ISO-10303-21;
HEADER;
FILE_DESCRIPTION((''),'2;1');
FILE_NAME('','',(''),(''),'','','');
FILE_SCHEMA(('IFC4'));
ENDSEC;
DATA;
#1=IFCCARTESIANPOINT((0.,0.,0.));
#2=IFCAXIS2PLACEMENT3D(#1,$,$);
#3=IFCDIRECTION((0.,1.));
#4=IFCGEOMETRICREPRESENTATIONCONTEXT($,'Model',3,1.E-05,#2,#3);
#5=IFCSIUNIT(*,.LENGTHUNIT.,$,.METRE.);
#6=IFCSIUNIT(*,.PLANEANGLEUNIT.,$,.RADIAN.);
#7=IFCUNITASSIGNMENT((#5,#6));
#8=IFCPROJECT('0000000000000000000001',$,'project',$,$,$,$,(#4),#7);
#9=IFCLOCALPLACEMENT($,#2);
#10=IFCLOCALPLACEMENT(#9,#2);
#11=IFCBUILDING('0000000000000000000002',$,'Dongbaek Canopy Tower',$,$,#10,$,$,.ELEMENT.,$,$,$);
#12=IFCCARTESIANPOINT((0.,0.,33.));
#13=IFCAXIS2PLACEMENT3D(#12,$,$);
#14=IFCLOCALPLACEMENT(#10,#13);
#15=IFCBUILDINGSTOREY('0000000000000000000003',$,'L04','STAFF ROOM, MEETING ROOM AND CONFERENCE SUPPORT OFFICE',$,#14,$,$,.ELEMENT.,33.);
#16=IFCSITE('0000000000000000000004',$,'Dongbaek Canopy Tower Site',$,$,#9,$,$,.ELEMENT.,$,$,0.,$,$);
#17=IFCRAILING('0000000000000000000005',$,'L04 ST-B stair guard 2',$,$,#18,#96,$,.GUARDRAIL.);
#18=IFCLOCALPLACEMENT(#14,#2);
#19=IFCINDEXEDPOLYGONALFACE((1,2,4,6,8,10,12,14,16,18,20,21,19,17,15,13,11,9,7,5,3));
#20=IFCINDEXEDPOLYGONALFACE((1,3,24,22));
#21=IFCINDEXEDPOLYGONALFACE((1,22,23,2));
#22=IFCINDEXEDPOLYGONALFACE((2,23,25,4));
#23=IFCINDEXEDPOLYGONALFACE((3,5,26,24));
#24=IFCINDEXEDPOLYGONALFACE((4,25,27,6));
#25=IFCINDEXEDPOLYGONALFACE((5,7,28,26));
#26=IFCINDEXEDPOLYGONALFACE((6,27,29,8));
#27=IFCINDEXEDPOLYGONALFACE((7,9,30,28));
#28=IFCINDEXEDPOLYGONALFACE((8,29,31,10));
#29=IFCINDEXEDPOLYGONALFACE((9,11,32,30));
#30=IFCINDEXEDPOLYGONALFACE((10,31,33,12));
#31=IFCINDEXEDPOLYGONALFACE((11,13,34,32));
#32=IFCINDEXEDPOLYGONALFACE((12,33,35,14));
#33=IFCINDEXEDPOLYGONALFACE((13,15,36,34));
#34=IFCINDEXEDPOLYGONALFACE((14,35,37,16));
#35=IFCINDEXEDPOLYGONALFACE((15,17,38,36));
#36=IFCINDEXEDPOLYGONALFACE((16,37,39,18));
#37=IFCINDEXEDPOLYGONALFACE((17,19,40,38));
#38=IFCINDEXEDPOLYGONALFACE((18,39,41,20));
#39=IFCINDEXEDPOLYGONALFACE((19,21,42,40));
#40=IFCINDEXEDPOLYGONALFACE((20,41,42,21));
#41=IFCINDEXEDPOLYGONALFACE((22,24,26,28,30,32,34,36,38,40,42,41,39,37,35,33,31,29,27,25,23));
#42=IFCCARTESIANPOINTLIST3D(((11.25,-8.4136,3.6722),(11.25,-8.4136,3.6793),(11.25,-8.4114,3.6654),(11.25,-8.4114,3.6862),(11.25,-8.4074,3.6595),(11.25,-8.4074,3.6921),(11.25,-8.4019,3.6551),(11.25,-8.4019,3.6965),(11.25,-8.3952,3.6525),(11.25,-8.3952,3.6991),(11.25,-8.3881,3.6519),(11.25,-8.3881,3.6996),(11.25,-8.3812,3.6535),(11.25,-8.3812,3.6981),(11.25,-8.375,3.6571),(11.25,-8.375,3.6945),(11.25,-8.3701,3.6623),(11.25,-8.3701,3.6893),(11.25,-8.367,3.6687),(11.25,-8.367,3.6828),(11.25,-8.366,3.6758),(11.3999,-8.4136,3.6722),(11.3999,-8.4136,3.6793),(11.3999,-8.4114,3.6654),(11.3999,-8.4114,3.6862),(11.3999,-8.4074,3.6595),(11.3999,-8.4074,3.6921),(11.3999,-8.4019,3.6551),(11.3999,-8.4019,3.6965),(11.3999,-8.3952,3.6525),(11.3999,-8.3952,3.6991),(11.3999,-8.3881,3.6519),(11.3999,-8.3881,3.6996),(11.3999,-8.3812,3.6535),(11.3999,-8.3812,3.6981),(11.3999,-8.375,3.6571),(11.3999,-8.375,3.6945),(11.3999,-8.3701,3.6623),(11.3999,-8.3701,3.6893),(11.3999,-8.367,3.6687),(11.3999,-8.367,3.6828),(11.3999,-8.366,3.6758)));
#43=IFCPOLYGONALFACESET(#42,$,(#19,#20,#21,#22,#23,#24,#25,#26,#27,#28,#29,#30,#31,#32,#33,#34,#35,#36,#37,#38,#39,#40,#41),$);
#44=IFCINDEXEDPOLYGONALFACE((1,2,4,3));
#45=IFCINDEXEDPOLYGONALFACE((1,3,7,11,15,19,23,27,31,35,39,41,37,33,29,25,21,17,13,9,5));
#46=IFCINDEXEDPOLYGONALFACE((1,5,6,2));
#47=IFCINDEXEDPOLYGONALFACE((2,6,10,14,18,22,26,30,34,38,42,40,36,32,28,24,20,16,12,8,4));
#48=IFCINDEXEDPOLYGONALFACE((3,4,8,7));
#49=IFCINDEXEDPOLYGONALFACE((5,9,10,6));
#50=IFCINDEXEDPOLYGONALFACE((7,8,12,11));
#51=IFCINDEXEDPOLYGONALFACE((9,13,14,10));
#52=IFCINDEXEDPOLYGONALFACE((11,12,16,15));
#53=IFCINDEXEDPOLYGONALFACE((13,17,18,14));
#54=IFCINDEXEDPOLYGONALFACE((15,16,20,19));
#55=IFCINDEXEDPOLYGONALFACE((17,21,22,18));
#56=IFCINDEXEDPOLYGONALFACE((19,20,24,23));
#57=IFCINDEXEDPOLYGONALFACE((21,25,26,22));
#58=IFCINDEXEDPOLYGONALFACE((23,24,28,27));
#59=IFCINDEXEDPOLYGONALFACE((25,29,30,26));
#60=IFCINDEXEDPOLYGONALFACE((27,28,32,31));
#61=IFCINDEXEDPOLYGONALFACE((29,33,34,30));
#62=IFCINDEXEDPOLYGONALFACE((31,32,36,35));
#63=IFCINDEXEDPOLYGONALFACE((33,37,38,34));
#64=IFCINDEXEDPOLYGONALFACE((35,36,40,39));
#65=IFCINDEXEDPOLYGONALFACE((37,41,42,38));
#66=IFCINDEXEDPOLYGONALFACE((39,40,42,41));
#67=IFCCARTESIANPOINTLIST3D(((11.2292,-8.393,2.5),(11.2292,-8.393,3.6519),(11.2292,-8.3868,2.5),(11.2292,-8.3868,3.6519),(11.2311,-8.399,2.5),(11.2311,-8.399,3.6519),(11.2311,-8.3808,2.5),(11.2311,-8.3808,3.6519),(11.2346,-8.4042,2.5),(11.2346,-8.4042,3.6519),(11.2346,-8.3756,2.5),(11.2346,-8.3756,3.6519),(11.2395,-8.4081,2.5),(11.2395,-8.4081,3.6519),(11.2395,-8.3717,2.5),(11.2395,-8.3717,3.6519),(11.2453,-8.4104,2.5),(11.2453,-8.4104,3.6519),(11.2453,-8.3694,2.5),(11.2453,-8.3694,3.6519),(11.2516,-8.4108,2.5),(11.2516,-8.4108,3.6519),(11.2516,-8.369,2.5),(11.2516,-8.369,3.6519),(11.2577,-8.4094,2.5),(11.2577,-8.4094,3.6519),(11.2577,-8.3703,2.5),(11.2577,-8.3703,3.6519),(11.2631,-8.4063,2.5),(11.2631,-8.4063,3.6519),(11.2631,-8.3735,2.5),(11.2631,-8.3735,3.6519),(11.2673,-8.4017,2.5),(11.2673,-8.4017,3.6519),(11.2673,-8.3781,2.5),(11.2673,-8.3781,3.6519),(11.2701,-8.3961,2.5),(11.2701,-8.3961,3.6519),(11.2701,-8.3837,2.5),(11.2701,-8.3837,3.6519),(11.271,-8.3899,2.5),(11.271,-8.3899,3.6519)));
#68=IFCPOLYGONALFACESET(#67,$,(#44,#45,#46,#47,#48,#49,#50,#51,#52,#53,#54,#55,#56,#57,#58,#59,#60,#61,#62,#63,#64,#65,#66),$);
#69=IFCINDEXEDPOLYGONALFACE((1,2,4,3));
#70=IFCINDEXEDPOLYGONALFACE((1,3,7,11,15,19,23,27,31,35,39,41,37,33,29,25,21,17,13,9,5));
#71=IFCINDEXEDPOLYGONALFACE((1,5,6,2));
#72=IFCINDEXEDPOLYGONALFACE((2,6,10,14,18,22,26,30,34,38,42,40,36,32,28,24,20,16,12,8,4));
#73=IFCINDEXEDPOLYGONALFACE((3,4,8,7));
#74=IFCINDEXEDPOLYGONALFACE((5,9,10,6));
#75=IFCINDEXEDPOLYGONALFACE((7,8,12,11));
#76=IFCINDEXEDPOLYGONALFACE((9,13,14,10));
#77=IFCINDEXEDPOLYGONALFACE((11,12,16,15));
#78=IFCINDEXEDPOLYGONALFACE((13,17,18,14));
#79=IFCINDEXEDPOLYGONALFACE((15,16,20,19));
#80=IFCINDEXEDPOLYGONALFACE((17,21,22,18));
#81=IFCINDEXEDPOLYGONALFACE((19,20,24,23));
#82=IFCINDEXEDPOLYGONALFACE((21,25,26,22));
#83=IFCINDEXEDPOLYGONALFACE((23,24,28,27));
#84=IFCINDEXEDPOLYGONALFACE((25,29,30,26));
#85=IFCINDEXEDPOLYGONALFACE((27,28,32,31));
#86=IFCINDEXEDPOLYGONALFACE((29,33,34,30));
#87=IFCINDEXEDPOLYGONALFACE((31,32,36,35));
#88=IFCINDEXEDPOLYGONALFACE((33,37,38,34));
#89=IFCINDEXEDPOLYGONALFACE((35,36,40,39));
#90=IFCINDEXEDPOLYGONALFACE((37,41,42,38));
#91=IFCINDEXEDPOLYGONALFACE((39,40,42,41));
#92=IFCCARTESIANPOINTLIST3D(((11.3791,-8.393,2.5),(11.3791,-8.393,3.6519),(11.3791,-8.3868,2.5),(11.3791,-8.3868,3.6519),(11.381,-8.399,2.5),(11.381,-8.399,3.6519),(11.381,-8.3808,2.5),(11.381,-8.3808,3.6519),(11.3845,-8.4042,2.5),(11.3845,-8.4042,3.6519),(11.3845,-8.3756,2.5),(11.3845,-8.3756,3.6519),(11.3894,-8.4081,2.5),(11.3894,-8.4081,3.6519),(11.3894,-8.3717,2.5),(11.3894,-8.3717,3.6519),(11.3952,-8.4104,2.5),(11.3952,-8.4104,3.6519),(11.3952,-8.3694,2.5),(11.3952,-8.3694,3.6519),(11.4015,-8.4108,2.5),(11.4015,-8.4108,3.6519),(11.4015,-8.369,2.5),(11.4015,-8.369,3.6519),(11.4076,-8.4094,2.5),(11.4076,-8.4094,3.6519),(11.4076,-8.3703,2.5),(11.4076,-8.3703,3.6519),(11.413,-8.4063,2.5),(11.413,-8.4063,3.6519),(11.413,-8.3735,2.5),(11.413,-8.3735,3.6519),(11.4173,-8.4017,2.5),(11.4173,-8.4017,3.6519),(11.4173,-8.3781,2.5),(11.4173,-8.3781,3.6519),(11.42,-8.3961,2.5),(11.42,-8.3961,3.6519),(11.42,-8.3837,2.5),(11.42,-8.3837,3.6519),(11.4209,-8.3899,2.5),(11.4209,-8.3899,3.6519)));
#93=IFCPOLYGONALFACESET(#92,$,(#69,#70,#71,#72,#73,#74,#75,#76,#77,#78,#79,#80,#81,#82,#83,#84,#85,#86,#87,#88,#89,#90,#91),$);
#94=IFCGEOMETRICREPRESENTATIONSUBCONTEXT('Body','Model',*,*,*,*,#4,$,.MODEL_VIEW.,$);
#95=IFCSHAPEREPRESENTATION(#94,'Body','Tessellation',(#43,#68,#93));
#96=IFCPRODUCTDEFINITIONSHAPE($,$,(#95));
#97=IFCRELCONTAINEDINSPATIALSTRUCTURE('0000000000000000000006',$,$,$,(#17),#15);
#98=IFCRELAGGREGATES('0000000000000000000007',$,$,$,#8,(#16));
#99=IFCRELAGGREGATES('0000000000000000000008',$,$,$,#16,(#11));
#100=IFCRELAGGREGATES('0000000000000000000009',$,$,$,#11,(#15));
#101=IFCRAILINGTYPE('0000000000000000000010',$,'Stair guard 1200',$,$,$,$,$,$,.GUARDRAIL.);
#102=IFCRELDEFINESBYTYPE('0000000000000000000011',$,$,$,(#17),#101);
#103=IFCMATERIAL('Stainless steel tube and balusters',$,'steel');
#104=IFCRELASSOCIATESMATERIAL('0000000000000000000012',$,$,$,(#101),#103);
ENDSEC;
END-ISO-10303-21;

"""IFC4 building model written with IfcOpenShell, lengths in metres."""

from ifc_helpers import new_model, si_unit, direction, frame, origin, origin_2d, place, context, subcontext, project, spatial, circle, extrude, material, type_object, element, save


model = new_model("IFC4")

# Units and contexts
model_context = context("Model", 3, precision=1e-05, world=origin(), true_north=direction((0.0, 1.0)))
body_context = subcontext(model_context, "Body", "Model", "MODEL_VIEW")
ifc_project = project(units=[si_unit("LENGTHUNIT", "METRE"), si_unit("PLANEANGLEUNIT", "RADIAN")], contexts=[model_context])

# Site, building, storey
site_placement = place(None, origin())
site = spatial("IfcSite", under=ifc_project, at=site_placement, Name="Dongbaek Canopy Tower Site", CompositionType="ELEMENT", RefElevation=0.0)
building_placement = place(site_placement, origin())
building = spatial("IfcBuilding", under=site, at=building_placement, Name="Dongbaek Canopy Tower", CompositionType="ELEMENT")
storey_placement = place(building_placement, frame((0.0, 0.0, 33.0)))
storey = spatial("IfcBuildingStorey", under=building, at=storey_placement, Name="L04", Description="STAFF ROOM, MEETING ROOM AND CONFERENCE SUPPORT OFFICE", CompositionType="ELEMENT", Elevation=33.0)

# Railing
ifc_material_1 = material(Name="Stainless steel tube and balusters", Category="steel")
railing_type_1 = type_object("IfcRailingType", Name="Stair guard 1200", PredefinedType="GUARDRAIL", material=ifc_material_1)
railing_1_placement = place(storey_placement, frame((11.25, -8.3899, 2.5)))
element("IfcRailing", 1, at=railing_1_placement, inside=storey, type_object=railing_type_1, Name="L04 ST-B stair guard 2", PredefinedType="GUARDRAIL", context=body_context, shape_type="SweptSolid", body=[
    extrude(circle(Radius=0.0239, at=origin_2d()), frame((0.0, 0.0, 1.1758), z_axis=(1.0, 0.0, 0.0), x_axis=(0.0, 1.0, 0.0)), (0.0, 0.0, 1.0), 0.1499),
    extrude(circle(Radius=0.021, at=origin_2d()), origin(), (0.0, 0.0, 1.0), 1.1519),
    extrude(circle(Radius=0.021, at=origin_2d()), frame((0.1499, 0.0, 0.0)), (0.0, 0.0, 1.0), 1.1519),
])

save(model, "model.ifc")
